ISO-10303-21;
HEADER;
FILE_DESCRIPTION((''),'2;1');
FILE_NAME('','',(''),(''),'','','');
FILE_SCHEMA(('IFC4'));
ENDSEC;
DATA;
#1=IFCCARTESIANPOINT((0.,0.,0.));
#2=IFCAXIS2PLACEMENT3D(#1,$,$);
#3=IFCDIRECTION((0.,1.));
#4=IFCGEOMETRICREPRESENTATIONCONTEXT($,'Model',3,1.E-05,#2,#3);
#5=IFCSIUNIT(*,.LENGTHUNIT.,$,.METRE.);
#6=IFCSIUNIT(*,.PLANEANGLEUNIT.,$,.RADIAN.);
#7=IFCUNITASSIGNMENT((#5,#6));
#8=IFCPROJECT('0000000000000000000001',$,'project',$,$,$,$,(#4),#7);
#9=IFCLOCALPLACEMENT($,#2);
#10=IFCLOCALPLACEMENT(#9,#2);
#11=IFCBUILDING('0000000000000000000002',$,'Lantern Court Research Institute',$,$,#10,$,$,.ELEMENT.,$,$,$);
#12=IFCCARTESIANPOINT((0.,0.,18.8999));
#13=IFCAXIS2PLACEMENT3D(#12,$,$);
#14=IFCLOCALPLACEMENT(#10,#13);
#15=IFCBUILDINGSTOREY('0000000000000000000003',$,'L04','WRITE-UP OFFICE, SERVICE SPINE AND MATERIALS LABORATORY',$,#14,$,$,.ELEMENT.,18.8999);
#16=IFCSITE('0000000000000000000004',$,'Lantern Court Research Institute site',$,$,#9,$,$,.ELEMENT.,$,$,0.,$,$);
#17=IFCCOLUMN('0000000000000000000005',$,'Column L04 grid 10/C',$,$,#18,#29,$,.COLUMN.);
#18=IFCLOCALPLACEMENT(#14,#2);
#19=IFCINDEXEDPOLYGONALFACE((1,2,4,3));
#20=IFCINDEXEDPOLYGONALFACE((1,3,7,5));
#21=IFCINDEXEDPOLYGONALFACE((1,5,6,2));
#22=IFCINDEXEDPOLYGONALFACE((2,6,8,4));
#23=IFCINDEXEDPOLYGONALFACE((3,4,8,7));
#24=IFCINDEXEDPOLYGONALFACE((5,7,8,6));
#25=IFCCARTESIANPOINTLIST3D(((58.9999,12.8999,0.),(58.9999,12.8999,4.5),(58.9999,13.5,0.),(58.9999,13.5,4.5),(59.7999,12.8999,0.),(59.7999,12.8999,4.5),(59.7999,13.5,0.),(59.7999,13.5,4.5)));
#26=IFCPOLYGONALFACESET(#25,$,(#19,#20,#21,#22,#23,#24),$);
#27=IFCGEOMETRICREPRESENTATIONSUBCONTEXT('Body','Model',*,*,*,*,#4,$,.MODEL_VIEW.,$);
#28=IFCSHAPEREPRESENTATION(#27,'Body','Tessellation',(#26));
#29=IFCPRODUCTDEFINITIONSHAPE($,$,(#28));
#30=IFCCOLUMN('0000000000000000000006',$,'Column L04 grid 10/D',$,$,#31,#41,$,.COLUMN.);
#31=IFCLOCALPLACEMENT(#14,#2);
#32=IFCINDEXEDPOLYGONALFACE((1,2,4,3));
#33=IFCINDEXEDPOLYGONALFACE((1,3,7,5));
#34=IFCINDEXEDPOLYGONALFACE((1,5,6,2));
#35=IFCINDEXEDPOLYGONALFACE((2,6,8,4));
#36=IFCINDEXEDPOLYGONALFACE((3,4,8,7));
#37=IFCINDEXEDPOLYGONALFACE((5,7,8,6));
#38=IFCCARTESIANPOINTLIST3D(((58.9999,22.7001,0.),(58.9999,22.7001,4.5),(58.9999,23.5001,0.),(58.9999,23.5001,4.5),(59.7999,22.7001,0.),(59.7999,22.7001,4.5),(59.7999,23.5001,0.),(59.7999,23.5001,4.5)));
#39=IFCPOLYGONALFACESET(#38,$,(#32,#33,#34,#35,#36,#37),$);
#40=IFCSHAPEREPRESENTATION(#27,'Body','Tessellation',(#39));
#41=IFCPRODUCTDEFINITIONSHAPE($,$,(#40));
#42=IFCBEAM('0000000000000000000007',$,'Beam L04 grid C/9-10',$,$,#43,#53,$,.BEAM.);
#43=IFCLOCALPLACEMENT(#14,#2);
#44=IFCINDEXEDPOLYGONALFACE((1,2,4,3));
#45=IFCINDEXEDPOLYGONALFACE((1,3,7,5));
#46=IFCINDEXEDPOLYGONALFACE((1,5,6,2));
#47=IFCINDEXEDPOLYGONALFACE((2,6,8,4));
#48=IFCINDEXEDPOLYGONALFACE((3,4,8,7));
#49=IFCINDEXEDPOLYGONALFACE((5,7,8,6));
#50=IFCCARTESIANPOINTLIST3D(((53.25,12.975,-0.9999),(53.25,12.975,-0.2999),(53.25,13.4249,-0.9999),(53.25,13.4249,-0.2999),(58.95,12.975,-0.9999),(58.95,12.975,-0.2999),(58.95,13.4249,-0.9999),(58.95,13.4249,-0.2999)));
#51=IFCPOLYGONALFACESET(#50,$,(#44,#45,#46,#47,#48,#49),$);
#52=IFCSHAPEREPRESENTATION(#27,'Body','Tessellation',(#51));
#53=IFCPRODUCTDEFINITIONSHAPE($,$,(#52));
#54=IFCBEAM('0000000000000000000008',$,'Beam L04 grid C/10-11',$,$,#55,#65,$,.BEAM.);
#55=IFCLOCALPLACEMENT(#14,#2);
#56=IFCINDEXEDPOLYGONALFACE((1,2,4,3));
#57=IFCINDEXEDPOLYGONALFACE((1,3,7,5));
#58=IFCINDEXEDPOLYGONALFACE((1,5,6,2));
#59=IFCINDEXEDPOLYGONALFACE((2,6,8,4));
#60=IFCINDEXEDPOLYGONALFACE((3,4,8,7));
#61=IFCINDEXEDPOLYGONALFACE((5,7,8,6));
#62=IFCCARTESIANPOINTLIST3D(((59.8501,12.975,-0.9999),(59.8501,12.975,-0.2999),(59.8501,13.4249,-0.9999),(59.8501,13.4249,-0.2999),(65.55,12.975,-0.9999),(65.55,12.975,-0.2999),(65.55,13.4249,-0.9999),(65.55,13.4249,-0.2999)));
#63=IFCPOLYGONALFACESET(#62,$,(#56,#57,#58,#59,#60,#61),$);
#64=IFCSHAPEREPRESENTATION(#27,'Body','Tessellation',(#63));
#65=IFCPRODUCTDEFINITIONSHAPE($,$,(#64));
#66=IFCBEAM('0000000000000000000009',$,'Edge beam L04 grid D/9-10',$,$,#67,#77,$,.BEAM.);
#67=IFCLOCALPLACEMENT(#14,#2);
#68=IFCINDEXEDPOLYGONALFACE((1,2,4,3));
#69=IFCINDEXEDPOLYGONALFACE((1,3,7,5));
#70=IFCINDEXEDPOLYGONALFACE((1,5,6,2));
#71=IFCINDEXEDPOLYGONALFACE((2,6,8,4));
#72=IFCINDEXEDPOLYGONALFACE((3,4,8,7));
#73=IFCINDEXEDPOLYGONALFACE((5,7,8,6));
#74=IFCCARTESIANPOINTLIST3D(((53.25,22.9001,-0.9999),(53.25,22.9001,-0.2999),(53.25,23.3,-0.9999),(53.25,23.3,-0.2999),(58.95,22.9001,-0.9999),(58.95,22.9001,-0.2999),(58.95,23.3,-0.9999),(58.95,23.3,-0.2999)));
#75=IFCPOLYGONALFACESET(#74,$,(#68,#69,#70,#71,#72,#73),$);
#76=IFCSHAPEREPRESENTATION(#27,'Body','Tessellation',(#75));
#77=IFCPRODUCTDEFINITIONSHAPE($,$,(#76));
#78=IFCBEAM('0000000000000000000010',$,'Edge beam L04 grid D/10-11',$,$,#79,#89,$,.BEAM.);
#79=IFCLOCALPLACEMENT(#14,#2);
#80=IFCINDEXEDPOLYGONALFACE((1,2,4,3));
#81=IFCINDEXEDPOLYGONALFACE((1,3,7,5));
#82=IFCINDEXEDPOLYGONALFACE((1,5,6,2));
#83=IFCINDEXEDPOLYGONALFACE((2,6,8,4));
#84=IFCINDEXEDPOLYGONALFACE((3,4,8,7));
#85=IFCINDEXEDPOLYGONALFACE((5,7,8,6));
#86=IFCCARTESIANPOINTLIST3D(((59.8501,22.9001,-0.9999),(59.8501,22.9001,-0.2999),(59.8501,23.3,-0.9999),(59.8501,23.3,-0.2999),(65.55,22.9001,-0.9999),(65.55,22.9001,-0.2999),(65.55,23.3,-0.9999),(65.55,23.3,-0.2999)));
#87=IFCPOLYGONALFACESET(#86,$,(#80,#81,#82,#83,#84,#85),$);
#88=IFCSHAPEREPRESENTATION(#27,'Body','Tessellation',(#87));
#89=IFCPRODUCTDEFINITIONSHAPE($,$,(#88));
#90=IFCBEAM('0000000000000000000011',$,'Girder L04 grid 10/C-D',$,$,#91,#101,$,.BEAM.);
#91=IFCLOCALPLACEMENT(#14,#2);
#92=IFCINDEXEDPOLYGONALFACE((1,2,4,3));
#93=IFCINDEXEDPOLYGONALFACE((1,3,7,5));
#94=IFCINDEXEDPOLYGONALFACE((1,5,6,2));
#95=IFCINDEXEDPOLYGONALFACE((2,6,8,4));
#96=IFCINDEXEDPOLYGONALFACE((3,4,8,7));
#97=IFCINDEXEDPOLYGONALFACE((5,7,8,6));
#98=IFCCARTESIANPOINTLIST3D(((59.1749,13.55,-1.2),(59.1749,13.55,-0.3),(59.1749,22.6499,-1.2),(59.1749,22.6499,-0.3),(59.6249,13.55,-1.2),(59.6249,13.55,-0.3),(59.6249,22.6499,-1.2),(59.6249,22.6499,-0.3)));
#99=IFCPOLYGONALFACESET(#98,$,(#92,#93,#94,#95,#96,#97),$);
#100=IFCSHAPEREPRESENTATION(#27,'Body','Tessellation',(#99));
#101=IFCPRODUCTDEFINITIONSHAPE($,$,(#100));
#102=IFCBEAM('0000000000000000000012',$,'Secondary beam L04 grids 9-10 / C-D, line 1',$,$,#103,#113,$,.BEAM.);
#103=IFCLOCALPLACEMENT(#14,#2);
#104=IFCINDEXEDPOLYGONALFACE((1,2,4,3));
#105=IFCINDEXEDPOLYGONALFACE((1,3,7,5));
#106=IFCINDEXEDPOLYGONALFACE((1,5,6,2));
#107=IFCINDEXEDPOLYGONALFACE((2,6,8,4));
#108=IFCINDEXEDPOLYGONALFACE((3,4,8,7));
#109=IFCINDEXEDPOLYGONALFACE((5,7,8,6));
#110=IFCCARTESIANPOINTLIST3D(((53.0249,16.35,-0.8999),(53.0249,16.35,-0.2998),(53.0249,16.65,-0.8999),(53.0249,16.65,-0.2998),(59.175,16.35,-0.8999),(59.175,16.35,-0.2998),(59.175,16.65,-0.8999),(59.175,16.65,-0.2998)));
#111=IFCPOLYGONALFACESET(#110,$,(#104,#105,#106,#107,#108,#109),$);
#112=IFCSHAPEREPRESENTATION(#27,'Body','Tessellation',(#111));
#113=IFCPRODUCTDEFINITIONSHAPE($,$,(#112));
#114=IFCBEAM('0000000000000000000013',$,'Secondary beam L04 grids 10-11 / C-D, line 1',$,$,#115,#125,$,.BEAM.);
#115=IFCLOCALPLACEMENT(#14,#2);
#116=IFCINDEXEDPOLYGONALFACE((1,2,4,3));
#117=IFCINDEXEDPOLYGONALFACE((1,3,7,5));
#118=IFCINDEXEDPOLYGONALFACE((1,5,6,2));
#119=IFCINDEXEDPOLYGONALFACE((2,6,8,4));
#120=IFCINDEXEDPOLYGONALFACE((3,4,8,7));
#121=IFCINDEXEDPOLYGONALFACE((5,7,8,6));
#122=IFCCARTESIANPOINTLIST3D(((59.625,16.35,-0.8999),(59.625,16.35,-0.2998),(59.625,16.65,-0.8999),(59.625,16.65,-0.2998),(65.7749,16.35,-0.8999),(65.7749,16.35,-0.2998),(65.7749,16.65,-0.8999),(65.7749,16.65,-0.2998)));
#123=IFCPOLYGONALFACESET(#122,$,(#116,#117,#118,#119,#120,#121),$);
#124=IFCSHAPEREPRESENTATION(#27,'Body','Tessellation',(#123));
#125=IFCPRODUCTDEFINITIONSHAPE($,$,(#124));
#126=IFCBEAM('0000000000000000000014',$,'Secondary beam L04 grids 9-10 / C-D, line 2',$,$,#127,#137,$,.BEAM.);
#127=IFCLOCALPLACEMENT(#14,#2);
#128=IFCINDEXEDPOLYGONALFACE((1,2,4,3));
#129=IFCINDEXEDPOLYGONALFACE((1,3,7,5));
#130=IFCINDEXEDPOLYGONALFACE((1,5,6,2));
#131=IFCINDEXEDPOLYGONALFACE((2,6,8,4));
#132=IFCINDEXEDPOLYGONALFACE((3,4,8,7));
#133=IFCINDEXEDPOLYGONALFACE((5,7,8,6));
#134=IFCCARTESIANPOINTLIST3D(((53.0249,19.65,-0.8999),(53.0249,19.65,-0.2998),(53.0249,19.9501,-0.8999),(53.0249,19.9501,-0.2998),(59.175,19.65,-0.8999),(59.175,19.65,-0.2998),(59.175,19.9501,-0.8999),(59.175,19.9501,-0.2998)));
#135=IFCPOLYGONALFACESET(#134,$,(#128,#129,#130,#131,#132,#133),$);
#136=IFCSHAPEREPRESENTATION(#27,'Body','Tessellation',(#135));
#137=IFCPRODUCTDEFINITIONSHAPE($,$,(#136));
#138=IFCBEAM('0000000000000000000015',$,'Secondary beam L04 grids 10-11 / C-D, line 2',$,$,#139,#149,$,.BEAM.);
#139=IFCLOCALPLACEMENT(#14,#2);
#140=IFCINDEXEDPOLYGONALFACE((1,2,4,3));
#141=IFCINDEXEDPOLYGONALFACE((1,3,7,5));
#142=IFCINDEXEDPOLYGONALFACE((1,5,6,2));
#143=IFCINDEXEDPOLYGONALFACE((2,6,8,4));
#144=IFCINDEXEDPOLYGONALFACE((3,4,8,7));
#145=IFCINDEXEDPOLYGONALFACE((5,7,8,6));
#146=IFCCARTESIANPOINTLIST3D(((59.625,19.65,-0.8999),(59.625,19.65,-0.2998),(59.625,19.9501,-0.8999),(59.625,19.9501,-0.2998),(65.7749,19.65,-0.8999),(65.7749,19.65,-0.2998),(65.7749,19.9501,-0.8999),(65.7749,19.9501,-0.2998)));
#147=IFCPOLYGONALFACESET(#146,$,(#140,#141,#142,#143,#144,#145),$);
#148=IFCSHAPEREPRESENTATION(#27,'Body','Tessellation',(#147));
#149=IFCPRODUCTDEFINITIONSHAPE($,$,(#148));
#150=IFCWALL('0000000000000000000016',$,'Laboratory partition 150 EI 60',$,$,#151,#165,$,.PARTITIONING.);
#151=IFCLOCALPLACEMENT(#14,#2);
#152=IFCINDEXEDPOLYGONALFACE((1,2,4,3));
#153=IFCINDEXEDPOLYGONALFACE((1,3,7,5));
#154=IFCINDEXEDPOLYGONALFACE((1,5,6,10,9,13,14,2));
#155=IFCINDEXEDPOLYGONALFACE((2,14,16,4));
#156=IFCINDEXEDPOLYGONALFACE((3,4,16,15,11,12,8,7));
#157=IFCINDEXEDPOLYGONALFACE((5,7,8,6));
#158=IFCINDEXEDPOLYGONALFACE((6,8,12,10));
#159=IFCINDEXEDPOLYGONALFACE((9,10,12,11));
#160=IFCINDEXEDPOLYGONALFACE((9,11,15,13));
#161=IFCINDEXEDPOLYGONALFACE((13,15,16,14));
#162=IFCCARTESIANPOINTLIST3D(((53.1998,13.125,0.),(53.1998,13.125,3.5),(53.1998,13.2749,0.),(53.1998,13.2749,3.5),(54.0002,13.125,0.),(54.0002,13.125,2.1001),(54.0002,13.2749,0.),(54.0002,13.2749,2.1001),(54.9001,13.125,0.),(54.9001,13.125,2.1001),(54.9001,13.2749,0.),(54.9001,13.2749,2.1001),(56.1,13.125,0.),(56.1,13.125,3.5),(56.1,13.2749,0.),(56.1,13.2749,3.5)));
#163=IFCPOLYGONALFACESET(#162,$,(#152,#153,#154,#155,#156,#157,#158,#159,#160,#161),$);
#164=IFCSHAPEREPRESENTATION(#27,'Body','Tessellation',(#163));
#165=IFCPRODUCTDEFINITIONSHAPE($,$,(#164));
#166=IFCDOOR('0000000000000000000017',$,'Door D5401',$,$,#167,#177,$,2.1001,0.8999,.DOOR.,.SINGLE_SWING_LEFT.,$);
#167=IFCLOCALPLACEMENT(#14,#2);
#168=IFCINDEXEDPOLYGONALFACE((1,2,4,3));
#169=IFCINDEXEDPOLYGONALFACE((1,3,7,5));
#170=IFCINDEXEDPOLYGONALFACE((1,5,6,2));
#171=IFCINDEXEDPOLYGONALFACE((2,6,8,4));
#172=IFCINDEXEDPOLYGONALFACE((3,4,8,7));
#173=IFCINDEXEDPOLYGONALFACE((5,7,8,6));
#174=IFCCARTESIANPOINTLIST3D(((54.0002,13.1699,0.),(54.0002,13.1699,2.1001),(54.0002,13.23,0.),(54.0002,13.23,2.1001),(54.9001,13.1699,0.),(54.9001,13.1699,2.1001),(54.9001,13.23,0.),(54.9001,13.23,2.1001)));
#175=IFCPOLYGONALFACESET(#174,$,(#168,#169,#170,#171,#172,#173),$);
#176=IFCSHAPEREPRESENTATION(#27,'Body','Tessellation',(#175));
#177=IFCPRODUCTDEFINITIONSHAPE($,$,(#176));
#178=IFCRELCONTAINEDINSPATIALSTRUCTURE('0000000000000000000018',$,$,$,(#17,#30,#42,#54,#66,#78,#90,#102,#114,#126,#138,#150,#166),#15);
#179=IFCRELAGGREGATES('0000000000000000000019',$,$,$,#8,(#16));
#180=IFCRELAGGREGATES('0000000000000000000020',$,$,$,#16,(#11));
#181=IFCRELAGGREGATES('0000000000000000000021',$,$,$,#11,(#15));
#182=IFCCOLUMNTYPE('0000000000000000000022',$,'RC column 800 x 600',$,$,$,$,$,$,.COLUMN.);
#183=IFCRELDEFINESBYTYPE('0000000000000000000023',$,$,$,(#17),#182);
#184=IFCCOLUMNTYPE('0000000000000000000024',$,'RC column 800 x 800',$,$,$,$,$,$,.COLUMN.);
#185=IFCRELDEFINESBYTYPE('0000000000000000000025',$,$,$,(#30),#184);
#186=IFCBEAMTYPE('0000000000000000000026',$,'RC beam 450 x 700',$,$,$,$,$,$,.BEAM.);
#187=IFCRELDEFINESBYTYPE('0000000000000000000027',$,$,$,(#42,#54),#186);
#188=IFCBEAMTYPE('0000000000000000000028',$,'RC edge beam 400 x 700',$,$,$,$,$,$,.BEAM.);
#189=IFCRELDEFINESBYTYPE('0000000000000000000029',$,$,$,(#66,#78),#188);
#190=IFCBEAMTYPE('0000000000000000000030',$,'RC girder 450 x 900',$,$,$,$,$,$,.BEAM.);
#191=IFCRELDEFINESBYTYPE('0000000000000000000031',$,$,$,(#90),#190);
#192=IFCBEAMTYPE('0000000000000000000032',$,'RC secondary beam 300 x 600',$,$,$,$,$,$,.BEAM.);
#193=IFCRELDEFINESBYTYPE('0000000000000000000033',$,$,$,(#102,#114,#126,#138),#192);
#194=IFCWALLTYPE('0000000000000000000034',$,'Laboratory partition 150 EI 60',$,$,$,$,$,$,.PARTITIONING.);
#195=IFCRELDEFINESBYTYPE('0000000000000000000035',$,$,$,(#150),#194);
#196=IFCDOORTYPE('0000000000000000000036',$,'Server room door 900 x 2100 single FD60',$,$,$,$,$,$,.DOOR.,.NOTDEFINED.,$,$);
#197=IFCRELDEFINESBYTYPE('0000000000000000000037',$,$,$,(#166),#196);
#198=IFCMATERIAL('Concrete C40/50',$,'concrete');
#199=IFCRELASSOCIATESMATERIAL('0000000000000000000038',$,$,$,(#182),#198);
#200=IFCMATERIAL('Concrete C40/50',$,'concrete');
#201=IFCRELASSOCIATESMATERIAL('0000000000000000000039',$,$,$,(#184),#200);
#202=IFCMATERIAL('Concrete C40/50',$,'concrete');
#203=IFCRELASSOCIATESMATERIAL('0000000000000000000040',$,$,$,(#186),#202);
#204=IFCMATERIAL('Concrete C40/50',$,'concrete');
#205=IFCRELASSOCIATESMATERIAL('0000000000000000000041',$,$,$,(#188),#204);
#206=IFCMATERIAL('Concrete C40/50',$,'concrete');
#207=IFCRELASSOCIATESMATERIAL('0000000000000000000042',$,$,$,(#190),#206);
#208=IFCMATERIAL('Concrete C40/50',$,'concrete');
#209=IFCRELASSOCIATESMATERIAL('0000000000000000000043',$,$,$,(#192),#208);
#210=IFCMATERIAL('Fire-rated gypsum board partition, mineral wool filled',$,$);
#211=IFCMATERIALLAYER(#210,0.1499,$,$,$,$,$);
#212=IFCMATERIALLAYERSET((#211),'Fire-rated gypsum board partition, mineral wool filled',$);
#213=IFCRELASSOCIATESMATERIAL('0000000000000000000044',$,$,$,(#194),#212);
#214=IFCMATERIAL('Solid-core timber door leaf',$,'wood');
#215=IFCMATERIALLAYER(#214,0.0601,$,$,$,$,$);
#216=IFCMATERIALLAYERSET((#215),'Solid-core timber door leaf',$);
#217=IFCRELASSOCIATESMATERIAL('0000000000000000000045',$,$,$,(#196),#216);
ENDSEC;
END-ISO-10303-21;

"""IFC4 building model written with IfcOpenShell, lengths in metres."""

from ifc_helpers import new_model, si_unit, direction, frame, frame_2d, origin, origin_2d, place, context, subcontext, project, spatial, rectangle, extrude, material, layer, layer_set, material_profile, profile_set, type_object, element, fill, save


model = new_model("IFC4")

# Units and contexts
model_context = context("Model", 3, precision=1e-05, world=origin(), true_north=direction((0.0, 1.0)))
body_context = subcontext(model_context, "Body", "Model", "MODEL_VIEW")
ifc_project = project(units=[si_unit("LENGTHUNIT", "METRE"), si_unit("PLANEANGLEUNIT", "RADIAN")], contexts=[model_context])

# Site, building, storey
site_placement = place(None, origin())
site = spatial("IfcSite", under=ifc_project, at=site_placement, Name="Lantern Court Research Institute site", CompositionType="ELEMENT", RefElevation=0.0)
building_placement = place(site_placement, origin())
building = spatial("IfcBuilding", under=site, at=building_placement, Name="Lantern Court Research Institute", CompositionType="ELEMENT")
storey_placement = place(building_placement, frame((0.0, 0.0, 18.8999)))
storey = spatial("IfcBuildingStorey", under=building, at=storey_placement, Name="L04", Description="WRITE-UP OFFICE, SERVICE SPINE AND MATERIALS LABORATORY", CompositionType="ELEMENT", Elevation=18.8999)

# Columns
ifc_material_1 = material(Name="Concrete C40/50", Category="concrete")
ifc_material_profile_1 = material_profile(ifc_material_1, rectangle(XDim=0.8, YDim=0.6001, at=origin_2d()), Name="RC column 800 x 600")
ifc_profile_set_1 = profile_set([ifc_material_profile_1], Name="Concrete C40/50")
column_type_1 = type_object("IfcColumnType", Name="RC column 800 x 600", PredefinedType="COLUMN", material=ifc_profile_set_1)
column_1_placement = place(storey_placement, frame((59.3999, 13.2, 0.0), z_axis=(0.0, 0.0, 1.0), x_axis=(1.0, 0.0, 0.0)))
element("IfcColumn", 1, at=column_1_placement, inside=storey, type_object=column_type_1, Name="Column L04 grid 10/C", PredefinedType="COLUMN", context=body_context, shape_type="SweptSolid", body=[
    extrude(rectangle(XDim=0.8, YDim=0.6001, at=origin_2d()), origin(), (0.0, 0.0, 1.0), 4.5),
])
ifc_material_2 = material(Name="Concrete C40/50", Category="concrete")
ifc_material_profile_2 = material_profile(ifc_material_2, rectangle(XDim=0.8, YDim=0.8, at=origin_2d()), Name="RC column 800 x 800")
ifc_profile_set_2 = profile_set([ifc_material_profile_2], Name="Concrete C40/50")
column_type_2 = type_object("IfcColumnType", Name="RC column 800 x 800", PredefinedType="COLUMN", material=ifc_profile_set_2)
column_2_placement = place(storey_placement, frame((59.3999, 23.1001, 0.0), z_axis=(0.0, 0.0, 1.0), x_axis=(1.0, 0.0, 0.0)))
element("IfcColumn", 2, at=column_2_placement, inside=storey, type_object=column_type_2, Name="Column L04 grid 10/D", PredefinedType="COLUMN", context=body_context, shape_type="SweptSolid", body=[
    extrude(rectangle(XDim=0.8, YDim=0.8, at=origin_2d()), origin(), (0.0, 0.0, 1.0), 4.5),
])

# Beams
ifc_material_3 = material(Name="Concrete C40/50", Category="concrete")
ifc_material_profile_3 = material_profile(ifc_material_3, rectangle(XDim=0.45, YDim=0.7, at=origin_2d()), Name="RC beam 450 x 700")
ifc_profile_set_3 = profile_set([ifc_material_profile_3], Name="Concrete C40/50")
beam_type_1 = type_object("IfcBeamType", Name="RC beam 450 x 700", PredefinedType="BEAM", material=ifc_profile_set_3)
for number, where, z_axis, x_axis, name in (
    (3, (53.25, 13.2, -0.6499), (1.0, 0.0, 0.0), (0.0, 1.0, 0.0), "Beam L04 grid C/9-10"),
    (4, (59.8501, 13.2, -0.6499), (1.0, 0.0, 0.0), (0.0, 1.0, 0.0), "Beam L04 grid C/10-11"),
):
    element("IfcBeam", number, at=place(storey_placement, frame(where, z_axis=z_axis, x_axis=x_axis)), inside=storey, type_object=beam_type_1, Name=name, PredefinedType="BEAM", context=body_context, shape_type="SweptSolid", body=[
        extrude(rectangle(XDim=0.45, YDim=0.7, at=origin_2d()), origin(), (0.0, 0.0, 1.0), 5.7),
    ])
ifc_material_4 = material(Name="Concrete C40/50", Category="concrete")
ifc_material_profile_4 = material_profile(ifc_material_4, rectangle(XDim=0.3999, YDim=0.7, at=origin_2d()), Name="RC beam 400 x 700")
ifc_profile_set_4 = profile_set([ifc_material_profile_4], Name="Concrete C40/50")
beam_type_2 = type_object("IfcBeamType", Name="RC edge beam 400 x 700", PredefinedType="BEAM", material=ifc_profile_set_4)
for number, where, z_axis, x_axis, name in (
    (5, (53.25, 23.1001, -0.6499), (1.0, 0.0, 0.0), (0.0, 1.0, 0.0), "Edge beam L04 grid D/9-10"),
    (6, (59.8501, 23.1001, -0.6499), (1.0, 0.0, 0.0), (0.0, 1.0, 0.0), "Edge beam L04 grid D/10-11"),
):
    element("IfcBeam", number, at=place(storey_placement, frame(where, z_axis=z_axis, x_axis=x_axis)), inside=storey, type_object=beam_type_2, Name=name, PredefinedType="BEAM", context=body_context, shape_type="SweptSolid", body=[
        extrude(rectangle(XDim=0.3999, YDim=0.7, at=origin_2d()), origin(), (0.0, 0.0, 1.0), 5.7),
    ])
ifc_material_5 = material(Name="Concrete C40/50", Category="concrete")
ifc_material_profile_5 = material_profile(ifc_material_5, rectangle(XDim=0.45, YDim=0.8999, at=origin_2d()), Name="RC beam 450 x 900")
ifc_profile_set_5 = profile_set([ifc_material_profile_5], Name="Concrete C40/50")
beam_type_3 = type_object("IfcBeamType", Name="RC girder 450 x 900", PredefinedType="BEAM", material=ifc_profile_set_5)
beam_1_placement = place(storey_placement, frame((59.3999, 13.55, -0.75), z_axis=(0.0, 1.0, 0.0), x_axis=(-1.0, 0.0, 0.0)))
element("IfcBeam", 7, at=beam_1_placement, inside=storey, type_object=beam_type_3, Name="Girder L04 grid 10/C-D", PredefinedType="BEAM", context=body_context, shape_type="SweptSolid", body=[
    extrude(rectangle(XDim=0.45, YDim=0.8999, at=origin_2d()), origin(), (0.0, 0.0, 1.0), 9.0999),
])
ifc_material_6 = material(Name="Concrete C40/50", Category="concrete")
ifc_material_profile_6 = material_profile(ifc_material_6, rectangle(XDim=0.3, YDim=0.6001, at=origin_2d()), Name="RC beam 300 x 600")
ifc_profile_set_6 = profile_set([ifc_material_profile_6], Name="Concrete C40/50")
beam_type_4 = type_object("IfcBeamType", Name="RC secondary beam 300 x 600", PredefinedType="BEAM", material=ifc_profile_set_6)
beam_2_placement = place(storey_placement, frame((53.0249, 16.5, -0.5999), z_axis=(1.0, 0.0, 0.0), x_axis=(0.0, 1.0, 0.0)))
element("IfcBeam", 8, at=beam_2_placement, inside=storey, type_object=beam_type_4, Name="Secondary beam L04 grids 9-10 / C-D, line 1", PredefinedType="BEAM", context=body_context, shape_type="SweptSolid", body=[
    extrude(rectangle(XDim=0.3, YDim=0.6001, at=origin_2d()), origin(), (0.0, 0.0, 1.0), 6.1501),
])
beam_3_placement = place(storey_placement, frame((59.625, 16.5, -0.5999), z_axis=(1.0, 0.0, 0.0), x_axis=(0.0, 1.0, 0.0)))
element("IfcBeam", 9, at=beam_3_placement, inside=storey, type_object=beam_type_4, Name="Secondary beam L04 grids 10-11 / C-D, line 1", PredefinedType="BEAM", context=body_context, shape_type="SweptSolid", body=[
    extrude(rectangle(XDim=0.3, YDim=0.6001, at=origin_2d()), origin(), (0.0, 0.0, 1.0), 6.1499),
])
beam_4_placement = place(storey_placement, frame((53.0249, 19.8, -0.5999), z_axis=(1.0, 0.0, 0.0), x_axis=(0.0, 1.0, 0.0)))
element("IfcBeam", 10, at=beam_4_placement, inside=storey, type_object=beam_type_4, Name="Secondary beam L04 grids 9-10 / C-D, line 2", PredefinedType="BEAM", context=body_context, shape_type="SweptSolid", body=[
    extrude(rectangle(XDim=0.3, YDim=0.6001, at=origin_2d()), origin(), (0.0, 0.0, 1.0), 6.1501),
])
beam_5_placement = place(storey_placement, frame((59.625, 19.8, -0.5999), z_axis=(1.0, 0.0, 0.0), x_axis=(0.0, 1.0, 0.0)))
element("IfcBeam", 11, at=beam_5_placement, inside=storey, type_object=beam_type_4, Name="Secondary beam L04 grids 10-11 / C-D, line 2", PredefinedType="BEAM", context=body_context, shape_type="SweptSolid", body=[
    extrude(rectangle(XDim=0.3, YDim=0.6001, at=origin_2d()), origin(), (0.0, 0.0, 1.0), 6.1499),
])

# Wall, opening, door
ifc_material_7 = material(Name="Fire-rated gypsum board partition, mineral wool filled")
ifc_layer_1 = layer(ifc_material_7, 0.1499)
ifc_layer_set_1 = layer_set([ifc_layer_1], Name="Fire-rated gypsum board partition, mineral wool filled")
wall_type_1 = type_object("IfcWallType", Name="Laboratory partition 150 EI 60", PredefinedType="PARTITIONING", material=ifc_layer_set_1)
wall_1_placement = place(storey_placement, frame((56.1001, 13.2, 0.0), z_axis=(0.0, 0.0, 1.0), x_axis=(-1.0, 0.0, 0.0)))
wall_1 = element("IfcWall", 12, at=wall_1_placement, inside=storey, type_object=wall_type_1, Name="Laboratory partition 150 EI 60", PredefinedType="PARTITIONING", context=body_context, shape_type="SweptSolid", body=[
    extrude(rectangle(XDim=2.9001, YDim=0.1499, at=frame_2d((1.4502, 0.0))), origin(), (0.0, 0.0, 1.0), 3.5),
])
opening_1_placement = place(wall_1_placement, frame((1.2, 0.0, 0.0)))
opening_1 = element("IfcOpeningElement", 13, at=opening_1_placement, cuts=wall_1, PredefinedType="OPENING", context=body_context, shape_type="SweptSolid", body=[
    extrude(rectangle(XDim=0.8999, YDim=2.1001, at=frame_2d((0.45, 1.05))), frame((0.0, 0.085, 0.0), z_axis=(0.0, -1.0, 0.0), x_axis=(1.0, 0.0, 0.0)), (0.0, 0.0, 1.0), 0.1699),
])
ifc_material_8 = material(Name="Solid-core timber door leaf", Category="wood")
ifc_layer_2 = layer(ifc_material_8, 0.0601)
ifc_layer_set_2 = layer_set([ifc_layer_2], Name="Solid-core timber door leaf")
door_type_1 = type_object("IfcDoorType", Name="Server room door 900 x 2100 single FD60", OperationType="NOTDEFINED", PredefinedType="DOOR", material=ifc_layer_set_2)
door_1_placement = place(opening_1_placement, origin())
door_1 = element("IfcDoor", 14, at=door_1_placement, inside=storey, type_object=door_type_1, Name="Door D5401", OperationType="SINGLE_SWING_LEFT", OverallHeight=2.1001, OverallWidth=0.8999, PredefinedType="DOOR", context=body_context, shape_type="SweptSolid", body=[
    extrude(rectangle(XDim=0.8999, YDim=2.1001, at=frame_2d((0.45, 1.05))), frame((0.0, 0.03, 0.0), z_axis=(0.0, -1.0, 0.0), x_axis=(1.0, 0.0, 0.0)), (0.0, 0.0, 1.0), 0.0601),
])
fill(opening_1, door_1)

save(model, "model.ifc")
